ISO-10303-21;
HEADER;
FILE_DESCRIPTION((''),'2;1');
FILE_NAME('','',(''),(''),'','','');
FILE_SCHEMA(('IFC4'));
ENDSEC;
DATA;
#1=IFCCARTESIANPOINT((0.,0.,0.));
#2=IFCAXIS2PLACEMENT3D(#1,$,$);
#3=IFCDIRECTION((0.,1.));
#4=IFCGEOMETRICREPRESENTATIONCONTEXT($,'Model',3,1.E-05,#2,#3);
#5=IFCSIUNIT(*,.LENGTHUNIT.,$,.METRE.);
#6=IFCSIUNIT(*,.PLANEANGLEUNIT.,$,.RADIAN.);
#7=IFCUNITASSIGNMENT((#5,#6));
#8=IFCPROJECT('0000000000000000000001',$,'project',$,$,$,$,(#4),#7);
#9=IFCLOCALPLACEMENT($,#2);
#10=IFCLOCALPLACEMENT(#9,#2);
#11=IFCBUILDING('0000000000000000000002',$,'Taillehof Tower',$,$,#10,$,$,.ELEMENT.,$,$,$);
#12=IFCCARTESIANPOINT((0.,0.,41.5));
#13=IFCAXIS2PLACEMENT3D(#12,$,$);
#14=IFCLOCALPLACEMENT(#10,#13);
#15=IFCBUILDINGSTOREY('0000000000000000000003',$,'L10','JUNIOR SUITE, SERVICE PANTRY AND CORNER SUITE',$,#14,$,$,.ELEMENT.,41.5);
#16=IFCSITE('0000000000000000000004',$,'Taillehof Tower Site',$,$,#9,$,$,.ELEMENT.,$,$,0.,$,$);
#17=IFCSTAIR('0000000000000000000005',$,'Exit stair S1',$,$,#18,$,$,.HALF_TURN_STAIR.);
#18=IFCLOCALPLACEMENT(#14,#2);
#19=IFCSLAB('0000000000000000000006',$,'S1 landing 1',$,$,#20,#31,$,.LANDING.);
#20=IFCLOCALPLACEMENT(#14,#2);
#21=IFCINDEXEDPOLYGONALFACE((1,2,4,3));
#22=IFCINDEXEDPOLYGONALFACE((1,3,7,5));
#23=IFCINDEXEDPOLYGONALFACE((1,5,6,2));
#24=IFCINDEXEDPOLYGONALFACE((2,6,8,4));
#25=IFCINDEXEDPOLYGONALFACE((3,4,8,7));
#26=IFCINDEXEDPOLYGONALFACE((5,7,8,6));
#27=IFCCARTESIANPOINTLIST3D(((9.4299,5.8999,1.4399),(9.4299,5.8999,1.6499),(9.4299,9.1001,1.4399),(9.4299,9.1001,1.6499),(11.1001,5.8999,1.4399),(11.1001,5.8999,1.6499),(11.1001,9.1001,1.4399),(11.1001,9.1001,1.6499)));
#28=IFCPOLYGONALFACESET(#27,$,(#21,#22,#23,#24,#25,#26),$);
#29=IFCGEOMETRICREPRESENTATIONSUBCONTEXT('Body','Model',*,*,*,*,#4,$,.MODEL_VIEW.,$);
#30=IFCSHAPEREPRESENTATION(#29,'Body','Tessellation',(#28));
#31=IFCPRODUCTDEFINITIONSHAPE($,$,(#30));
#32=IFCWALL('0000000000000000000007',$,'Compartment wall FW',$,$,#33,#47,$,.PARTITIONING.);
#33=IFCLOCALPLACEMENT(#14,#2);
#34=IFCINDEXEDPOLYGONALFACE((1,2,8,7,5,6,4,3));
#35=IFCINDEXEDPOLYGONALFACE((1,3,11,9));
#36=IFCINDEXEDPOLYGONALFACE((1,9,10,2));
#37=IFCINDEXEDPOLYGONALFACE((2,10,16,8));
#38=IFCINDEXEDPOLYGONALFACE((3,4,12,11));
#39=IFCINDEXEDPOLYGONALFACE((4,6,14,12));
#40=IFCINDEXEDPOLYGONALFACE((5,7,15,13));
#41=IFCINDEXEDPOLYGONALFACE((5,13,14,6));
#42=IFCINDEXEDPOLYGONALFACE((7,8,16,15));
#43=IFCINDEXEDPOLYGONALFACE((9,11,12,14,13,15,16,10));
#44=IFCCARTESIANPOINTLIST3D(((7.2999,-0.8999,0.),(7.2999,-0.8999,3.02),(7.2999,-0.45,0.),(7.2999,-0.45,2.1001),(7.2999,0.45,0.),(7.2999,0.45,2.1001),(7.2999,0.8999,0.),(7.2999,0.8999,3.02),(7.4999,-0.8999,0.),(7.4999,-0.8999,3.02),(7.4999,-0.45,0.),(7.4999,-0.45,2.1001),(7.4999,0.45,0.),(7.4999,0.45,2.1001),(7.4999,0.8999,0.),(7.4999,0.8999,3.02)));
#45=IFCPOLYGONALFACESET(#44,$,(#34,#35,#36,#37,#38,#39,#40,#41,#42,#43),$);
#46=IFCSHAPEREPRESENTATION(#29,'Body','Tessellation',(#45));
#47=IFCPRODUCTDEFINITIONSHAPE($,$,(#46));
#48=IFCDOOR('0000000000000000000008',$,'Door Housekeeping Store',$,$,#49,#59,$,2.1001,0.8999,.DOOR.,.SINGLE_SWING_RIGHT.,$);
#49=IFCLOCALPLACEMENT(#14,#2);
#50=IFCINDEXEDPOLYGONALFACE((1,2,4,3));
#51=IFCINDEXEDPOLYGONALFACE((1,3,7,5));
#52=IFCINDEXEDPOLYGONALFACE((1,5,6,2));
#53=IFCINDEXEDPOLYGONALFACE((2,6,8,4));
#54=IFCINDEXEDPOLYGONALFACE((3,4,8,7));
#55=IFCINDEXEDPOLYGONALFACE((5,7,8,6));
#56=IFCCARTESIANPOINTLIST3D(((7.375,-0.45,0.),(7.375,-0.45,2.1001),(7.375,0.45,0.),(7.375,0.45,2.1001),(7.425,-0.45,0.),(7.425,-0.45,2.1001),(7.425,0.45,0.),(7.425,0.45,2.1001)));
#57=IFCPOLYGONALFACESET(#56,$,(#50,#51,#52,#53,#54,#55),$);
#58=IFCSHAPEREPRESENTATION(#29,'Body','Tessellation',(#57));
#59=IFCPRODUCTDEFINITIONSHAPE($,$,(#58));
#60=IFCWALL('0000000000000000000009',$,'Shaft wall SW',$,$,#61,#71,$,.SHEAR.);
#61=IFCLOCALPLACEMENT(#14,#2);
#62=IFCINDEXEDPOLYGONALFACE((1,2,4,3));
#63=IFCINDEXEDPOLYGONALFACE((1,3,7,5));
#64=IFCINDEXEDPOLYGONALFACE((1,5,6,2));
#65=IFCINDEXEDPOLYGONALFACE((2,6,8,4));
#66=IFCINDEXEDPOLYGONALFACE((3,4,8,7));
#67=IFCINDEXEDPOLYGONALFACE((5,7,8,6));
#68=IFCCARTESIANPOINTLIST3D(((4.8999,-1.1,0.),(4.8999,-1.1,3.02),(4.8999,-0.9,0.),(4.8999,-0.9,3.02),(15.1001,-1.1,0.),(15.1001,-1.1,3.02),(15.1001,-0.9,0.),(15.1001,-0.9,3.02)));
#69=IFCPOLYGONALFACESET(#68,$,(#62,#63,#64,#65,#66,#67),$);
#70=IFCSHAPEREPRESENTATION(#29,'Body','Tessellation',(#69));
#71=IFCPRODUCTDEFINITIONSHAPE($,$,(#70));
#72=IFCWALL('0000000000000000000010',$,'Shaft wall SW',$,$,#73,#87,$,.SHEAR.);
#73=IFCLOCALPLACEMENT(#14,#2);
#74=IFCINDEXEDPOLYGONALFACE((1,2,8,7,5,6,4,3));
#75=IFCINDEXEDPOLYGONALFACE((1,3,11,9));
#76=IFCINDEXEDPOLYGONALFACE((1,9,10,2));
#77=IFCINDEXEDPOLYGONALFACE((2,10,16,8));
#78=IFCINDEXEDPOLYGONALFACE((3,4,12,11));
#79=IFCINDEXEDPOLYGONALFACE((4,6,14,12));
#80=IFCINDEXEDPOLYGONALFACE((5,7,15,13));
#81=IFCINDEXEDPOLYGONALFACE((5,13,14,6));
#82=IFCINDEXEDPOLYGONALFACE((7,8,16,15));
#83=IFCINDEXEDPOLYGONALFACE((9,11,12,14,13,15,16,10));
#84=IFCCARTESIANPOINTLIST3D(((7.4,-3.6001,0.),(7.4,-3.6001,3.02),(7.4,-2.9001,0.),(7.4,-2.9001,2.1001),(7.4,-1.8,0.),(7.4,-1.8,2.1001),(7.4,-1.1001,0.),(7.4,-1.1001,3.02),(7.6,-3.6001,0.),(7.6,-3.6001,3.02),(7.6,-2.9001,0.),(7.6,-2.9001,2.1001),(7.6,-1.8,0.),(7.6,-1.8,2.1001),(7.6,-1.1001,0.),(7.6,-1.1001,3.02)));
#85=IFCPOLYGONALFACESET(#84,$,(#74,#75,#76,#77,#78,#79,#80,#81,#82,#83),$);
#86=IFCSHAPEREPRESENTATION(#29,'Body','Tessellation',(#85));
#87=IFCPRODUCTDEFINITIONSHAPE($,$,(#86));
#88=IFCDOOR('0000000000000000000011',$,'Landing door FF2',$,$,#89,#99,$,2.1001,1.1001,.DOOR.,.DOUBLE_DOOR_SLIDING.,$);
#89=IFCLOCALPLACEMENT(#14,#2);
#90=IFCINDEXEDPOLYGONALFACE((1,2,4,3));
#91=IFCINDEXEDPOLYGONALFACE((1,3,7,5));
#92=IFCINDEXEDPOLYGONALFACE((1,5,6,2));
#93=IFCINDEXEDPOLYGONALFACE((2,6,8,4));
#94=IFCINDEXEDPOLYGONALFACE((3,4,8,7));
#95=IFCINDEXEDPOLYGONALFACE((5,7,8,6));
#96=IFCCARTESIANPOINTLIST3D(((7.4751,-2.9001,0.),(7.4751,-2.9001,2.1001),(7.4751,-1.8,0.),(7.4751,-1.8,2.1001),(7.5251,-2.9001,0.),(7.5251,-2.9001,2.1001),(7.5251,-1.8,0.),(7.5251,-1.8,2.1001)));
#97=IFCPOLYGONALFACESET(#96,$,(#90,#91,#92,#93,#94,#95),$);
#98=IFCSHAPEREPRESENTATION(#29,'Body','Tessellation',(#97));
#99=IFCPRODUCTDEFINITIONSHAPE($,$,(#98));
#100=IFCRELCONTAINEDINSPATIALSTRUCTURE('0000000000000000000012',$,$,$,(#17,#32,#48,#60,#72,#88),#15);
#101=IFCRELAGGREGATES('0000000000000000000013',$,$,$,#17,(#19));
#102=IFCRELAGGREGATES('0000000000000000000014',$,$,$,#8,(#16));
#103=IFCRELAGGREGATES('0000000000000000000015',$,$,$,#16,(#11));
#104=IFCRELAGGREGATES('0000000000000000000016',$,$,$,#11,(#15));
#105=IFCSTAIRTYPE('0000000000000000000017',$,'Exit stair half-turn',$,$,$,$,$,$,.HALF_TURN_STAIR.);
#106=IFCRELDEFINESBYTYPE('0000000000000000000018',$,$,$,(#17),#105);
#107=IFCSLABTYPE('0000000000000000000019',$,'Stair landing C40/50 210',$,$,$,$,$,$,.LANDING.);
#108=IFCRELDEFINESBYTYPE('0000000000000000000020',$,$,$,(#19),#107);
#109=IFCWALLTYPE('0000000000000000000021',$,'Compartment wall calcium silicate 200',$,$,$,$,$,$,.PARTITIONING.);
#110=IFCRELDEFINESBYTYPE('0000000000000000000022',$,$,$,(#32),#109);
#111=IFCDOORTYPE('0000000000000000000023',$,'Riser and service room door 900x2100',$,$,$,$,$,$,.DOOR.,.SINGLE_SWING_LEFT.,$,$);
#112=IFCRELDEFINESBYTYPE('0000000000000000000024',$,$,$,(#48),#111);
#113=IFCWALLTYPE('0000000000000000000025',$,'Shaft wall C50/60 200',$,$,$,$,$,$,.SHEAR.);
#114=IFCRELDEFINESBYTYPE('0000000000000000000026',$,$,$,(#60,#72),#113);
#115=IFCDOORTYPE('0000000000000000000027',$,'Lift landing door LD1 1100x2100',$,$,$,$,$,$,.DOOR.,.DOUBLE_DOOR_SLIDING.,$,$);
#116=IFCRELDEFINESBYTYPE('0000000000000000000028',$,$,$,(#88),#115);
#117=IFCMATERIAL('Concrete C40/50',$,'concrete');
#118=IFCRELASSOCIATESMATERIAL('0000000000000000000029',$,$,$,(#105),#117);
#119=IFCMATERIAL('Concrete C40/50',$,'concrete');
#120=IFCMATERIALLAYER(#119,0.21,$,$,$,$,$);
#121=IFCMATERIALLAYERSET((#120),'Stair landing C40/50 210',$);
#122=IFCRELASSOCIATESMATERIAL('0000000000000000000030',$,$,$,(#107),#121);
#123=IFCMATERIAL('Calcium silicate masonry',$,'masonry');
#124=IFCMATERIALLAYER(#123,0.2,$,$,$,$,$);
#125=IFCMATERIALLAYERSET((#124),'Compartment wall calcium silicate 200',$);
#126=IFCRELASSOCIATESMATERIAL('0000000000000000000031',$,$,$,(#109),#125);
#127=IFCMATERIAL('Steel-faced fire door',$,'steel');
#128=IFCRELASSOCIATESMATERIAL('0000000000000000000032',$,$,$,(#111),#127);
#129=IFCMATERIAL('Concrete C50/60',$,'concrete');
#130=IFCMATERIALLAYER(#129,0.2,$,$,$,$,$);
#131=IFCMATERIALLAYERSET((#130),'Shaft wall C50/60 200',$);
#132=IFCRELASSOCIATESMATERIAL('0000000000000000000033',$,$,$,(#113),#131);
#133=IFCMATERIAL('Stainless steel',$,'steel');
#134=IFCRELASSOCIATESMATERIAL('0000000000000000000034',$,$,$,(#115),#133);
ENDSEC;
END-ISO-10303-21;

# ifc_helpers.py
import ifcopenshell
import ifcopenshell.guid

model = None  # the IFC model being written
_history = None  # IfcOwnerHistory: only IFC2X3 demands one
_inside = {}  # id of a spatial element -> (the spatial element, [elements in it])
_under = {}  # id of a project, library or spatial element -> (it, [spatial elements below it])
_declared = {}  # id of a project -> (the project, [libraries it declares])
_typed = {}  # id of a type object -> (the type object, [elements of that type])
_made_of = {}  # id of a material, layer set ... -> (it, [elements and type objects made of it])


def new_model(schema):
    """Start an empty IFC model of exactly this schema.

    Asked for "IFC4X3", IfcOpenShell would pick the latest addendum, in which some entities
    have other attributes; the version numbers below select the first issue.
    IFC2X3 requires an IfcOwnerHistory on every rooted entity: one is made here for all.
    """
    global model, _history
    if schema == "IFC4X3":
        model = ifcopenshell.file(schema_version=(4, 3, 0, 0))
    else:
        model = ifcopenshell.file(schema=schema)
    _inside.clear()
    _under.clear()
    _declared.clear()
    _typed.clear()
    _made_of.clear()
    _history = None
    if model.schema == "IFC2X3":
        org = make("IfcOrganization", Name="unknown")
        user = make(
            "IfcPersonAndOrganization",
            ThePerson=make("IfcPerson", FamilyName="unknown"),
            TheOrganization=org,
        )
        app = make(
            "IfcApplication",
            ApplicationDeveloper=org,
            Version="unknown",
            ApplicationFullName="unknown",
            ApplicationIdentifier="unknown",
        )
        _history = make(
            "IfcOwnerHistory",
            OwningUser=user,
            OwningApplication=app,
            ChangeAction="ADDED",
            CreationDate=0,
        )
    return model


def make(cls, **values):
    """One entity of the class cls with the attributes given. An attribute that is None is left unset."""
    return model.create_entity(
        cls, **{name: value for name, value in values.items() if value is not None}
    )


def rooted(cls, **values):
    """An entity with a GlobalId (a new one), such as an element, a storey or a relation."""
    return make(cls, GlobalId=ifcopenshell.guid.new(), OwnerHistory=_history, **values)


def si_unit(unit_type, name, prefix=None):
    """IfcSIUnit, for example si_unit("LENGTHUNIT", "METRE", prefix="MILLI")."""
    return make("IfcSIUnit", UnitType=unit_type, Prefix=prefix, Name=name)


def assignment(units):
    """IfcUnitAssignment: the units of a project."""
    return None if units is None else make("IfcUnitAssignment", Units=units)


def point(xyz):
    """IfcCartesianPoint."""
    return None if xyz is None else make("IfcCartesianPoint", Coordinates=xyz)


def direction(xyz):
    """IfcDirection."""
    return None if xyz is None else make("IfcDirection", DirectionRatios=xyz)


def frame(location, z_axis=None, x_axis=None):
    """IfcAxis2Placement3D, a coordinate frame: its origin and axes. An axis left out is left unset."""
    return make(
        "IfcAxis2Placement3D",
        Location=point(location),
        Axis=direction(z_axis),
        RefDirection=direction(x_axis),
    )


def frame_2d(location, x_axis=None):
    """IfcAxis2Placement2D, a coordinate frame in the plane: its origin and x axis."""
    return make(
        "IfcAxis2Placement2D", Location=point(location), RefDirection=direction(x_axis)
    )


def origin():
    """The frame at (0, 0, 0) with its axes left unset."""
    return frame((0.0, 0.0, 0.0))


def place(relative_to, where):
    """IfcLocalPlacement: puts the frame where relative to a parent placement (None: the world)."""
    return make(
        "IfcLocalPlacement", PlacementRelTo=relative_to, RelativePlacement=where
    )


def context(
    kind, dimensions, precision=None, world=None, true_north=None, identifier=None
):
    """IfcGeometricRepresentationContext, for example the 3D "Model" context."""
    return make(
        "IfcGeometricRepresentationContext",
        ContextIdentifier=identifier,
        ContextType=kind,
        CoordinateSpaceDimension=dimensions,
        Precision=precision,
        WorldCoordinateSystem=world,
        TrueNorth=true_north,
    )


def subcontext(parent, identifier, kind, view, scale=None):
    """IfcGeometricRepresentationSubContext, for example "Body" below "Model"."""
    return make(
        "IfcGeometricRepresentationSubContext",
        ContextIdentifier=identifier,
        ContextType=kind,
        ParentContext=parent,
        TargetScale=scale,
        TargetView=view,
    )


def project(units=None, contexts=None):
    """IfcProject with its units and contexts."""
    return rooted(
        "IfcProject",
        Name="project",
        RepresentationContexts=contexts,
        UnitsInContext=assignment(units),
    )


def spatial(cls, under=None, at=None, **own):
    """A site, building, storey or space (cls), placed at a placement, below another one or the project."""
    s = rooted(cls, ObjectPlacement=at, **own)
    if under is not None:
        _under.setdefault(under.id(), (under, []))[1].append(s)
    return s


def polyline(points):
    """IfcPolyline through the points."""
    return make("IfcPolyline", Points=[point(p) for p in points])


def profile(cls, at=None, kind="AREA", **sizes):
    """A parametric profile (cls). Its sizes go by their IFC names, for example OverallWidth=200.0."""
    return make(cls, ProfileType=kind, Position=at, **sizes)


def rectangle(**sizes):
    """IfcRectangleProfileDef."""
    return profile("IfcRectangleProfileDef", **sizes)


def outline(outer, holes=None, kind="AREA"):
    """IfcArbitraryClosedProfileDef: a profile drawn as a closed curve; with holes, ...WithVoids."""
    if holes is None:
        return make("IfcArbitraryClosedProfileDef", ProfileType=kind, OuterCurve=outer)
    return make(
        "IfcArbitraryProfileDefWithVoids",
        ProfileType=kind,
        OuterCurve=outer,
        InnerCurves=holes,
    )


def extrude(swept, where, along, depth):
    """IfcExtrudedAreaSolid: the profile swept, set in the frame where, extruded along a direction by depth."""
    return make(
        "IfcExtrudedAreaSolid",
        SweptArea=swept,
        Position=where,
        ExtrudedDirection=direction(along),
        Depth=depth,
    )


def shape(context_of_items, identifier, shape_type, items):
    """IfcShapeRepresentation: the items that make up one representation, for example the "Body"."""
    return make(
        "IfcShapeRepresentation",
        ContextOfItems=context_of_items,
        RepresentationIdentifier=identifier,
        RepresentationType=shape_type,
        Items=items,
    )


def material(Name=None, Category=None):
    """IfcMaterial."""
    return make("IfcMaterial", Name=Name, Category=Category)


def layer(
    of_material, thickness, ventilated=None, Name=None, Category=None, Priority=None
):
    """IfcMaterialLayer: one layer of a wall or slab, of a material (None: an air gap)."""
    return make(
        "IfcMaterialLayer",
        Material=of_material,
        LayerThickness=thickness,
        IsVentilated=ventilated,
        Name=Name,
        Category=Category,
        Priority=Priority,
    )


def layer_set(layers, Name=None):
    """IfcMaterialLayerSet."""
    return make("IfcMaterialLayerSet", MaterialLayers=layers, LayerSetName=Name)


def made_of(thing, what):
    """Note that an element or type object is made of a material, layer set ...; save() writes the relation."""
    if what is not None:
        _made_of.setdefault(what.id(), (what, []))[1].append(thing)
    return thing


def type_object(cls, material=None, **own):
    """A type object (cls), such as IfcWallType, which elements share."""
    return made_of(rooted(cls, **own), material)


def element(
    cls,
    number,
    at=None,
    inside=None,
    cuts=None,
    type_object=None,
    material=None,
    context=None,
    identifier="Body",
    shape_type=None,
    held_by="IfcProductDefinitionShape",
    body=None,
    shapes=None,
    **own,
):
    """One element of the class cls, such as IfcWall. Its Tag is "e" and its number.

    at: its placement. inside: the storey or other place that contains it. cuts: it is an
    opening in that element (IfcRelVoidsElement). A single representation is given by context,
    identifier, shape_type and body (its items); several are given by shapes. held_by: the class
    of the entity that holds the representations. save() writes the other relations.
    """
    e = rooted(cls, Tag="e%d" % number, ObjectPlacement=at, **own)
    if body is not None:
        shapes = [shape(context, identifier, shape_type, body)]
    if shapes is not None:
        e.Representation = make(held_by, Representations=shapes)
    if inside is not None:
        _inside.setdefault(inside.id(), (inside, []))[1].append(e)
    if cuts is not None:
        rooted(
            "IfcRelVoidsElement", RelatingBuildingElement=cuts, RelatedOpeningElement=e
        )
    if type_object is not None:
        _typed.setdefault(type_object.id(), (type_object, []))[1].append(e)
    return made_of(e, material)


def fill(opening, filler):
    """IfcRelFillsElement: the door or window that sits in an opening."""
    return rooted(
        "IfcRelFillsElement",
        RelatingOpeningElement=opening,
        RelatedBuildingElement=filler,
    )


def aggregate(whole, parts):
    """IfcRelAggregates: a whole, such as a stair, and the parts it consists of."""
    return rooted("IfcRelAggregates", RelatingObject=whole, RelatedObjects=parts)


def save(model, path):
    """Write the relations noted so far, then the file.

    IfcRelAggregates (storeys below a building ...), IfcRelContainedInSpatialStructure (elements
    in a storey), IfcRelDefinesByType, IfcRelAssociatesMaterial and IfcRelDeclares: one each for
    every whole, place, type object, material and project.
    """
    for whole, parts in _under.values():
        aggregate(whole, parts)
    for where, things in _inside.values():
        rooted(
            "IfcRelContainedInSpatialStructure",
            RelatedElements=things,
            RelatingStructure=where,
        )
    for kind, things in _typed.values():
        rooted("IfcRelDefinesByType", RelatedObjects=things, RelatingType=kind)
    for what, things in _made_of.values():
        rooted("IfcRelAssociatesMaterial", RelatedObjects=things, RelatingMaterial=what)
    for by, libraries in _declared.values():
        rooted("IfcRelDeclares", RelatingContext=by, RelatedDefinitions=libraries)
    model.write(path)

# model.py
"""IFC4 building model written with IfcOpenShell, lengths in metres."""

from ifc_helpers import new_model, si_unit, direction, frame, frame_2d, origin, place, context, subcontext, project, spatial, polyline, rectangle, outline, extrude, material, layer, layer_set, type_object, element, fill, aggregate, save


model = new_model("IFC4")

# Units and contexts
model_context = context("Model", 3, precision=1e-05, world=origin(), true_north=direction((0.0, 1.0)))
body_context = subcontext(model_context, "Body", "Model", "MODEL_VIEW")
ifc_project = project(units=[si_unit("LENGTHUNIT", "METRE"), si_unit("PLANEANGLEUNIT", "RADIAN")], contexts=[model_context])

# Site, building, storey
site_placement = place(None, origin())
site = spatial("IfcSite", under=ifc_project, at=site_placement, Name="Taillehof Tower Site", CompositionType="ELEMENT", RefElevation=0.0)
building_placement = place(site_placement, origin())
building = spatial("IfcBuilding", under=site, at=building_placement, Name="Taillehof Tower", CompositionType="ELEMENT")
storey_placement = place(building_placement, frame((0.0, 0.0, 41.5)))
storey = spatial("IfcBuildingStorey", under=building, at=storey_placement, Name="L10", Description="JUNIOR SUITE, SERVICE PANTRY AND CORNER SUITE", CompositionType="ELEMENT", Elevation=41.5)

# Stair, slab
ifc_material_1 = material(Name="Concrete C40/50", Category="concrete")
stair_type = type_object("IfcStairType", Name="Exit stair half-turn", PredefinedType="HALF_TURN_STAIR", material=ifc_material_1)
stair_placement = place(storey_placement, origin())
stair = element("IfcStair", 1, at=stair_placement, inside=storey, type_object=stair_type, Name="Exit stair S1", PredefinedType="HALF_TURN_STAIR")
ifc_material_2 = material(Name="Concrete C40/50", Category="concrete")
ifc_layer_1 = layer(ifc_material_2, 0.21)
ifc_layer_set_1 = layer_set([ifc_layer_1], Name="Stair landing C40/50 210")
slab_type_1 = type_object("IfcSlabType", Name="Stair landing C40/50 210", PredefinedType="LANDING", material=ifc_layer_set_1)
slab_1_placement = place(storey_placement, frame((0.0, 0.0, 1.4399)))
slab_1 = element("IfcSlab", 2, at=slab_1_placement, type_object=slab_type_1, Name="S1 landing 1", PredefinedType="LANDING", context=body_context, shape_type="SweptSolid", body=[
    extrude(outline(polyline([(9.4299, 5.8999), (11.1001, 5.8999), (11.1001, 9.1001), (9.4299, 9.1001), (9.4299, 5.8999)])), origin(), (0.0, 0.0, 1.0), 0.21),
])
aggregate(stair, [slab_1])

# Wall, opening, door
ifc_material_3 = material(Name="Calcium silicate masonry", Category="masonry")
ifc_layer_2 = layer(ifc_material_3, 0.2)
ifc_layer_set_2 = layer_set([ifc_layer_2], Name="Compartment wall calcium silicate 200")
wall_type_1 = type_object("IfcWallType", Name="Compartment wall calcium silicate 200", PredefinedType="PARTITIONING", material=ifc_layer_set_2)
wall_1_placement = place(storey_placement, frame((7.3999, -0.8999, 0.0), z_axis=(0.0, 0.0, 1.0), x_axis=(0.0, 1.0, 0.0)))
wall_1 = element("IfcWall", 3, at=wall_1_placement, inside=storey, type_object=wall_type_1, Name="Compartment wall FW", PredefinedType="PARTITIONING", context=body_context, shape_type="SweptSolid", body=[
    extrude(rectangle(XDim=1.7998, YDim=0.2, at=frame_2d((0.8999, 0.0))), origin(), (0.0, 0.0, 1.0), 3.02),
])
opening_1_placement = place(wall_1_placement, frame((0.45, 0.0, 0.0)))
opening_1 = element("IfcOpeningElement", 4, at=opening_1_placement, cuts=wall_1, PredefinedType="OPENING", context=body_context, shape_type="SweptSolid", body=[
    extrude(rectangle(XDim=0.8999, YDim=2.1001, at=frame_2d((0.45, 1.05))), frame((0.0, 0.1099, 0.0), z_axis=(0.0, -1.0, 0.0), x_axis=(1.0, 0.0, 0.0)), (0.0, 0.0, 1.0), 0.22),
])
ifc_material_4 = material(Name="Steel-faced fire door", Category="steel")
door_type_1 = type_object("IfcDoorType", Name="Riser and service room door 900x2100", OperationType="SINGLE_SWING_LEFT", PredefinedType="DOOR", material=ifc_material_4)
door_1_placement = place(opening_1_placement, origin())
door_1 = element("IfcDoor", 5, at=door_1_placement, inside=storey, type_object=door_type_1, Name="Door Housekeeping Store", OperationType="SINGLE_SWING_RIGHT", OverallHeight=2.1001, OverallWidth=0.8999, PredefinedType="DOOR", context=body_context, shape_type="SweptSolid", body=[
    extrude(rectangle(XDim=0.8999, YDim=2.1001, at=frame_2d((0.45, 1.05))), frame((0.0, 0.0249, 0.0), z_axis=(0.0, -1.0, 0.0), x_axis=(1.0, 0.0, 0.0)), (0.0, 0.0, 1.0), 0.05),
])
fill(opening_1, door_1)

# Wall
ifc_material_5 = material(Name="Concrete C50/60", Category="concrete")
ifc_layer_3 = layer(ifc_material_5, 0.2)
ifc_layer_set_3 = layer_set([ifc_layer_3], Name="Shaft wall C50/60 200")
wall_type_2 = type_object("IfcWallType", Name="Shaft wall C50/60 200", PredefinedType="SHEAR", material=ifc_layer_set_3)
wall_2_placement = place(storey_placement, frame((4.8999, -1.0, 0.0), z_axis=(0.0, 0.0, 1.0), x_axis=(1.0, 0.0, 0.0)))
element("IfcWall", 6, at=wall_2_placement, inside=storey, type_object=wall_type_2, Name="Shaft wall SW", PredefinedType="SHEAR", context=body_context, shape_type="SweptSolid", body=[
    extrude(rectangle(XDim=10.2002, YDim=0.2, at=frame_2d((5.1001, 0.0))), origin(), (0.0, 0.0, 1.0), 3.02),
])

# Wall, opening, door
wall_3_placement = place(storey_placement, frame((7.5, -3.6001, 0.0), z_axis=(0.0, 0.0, 1.0), x_axis=(0.0, 1.0, 0.0)))
wall_3 = element("IfcWall", 7, at=wall_3_placement, inside=storey, type_object=wall_type_2, Name="Shaft wall SW", PredefinedType="SHEAR", context=body_context, shape_type="SweptSolid", body=[
    extrude(rectangle(XDim=2.5, YDim=0.2, at=frame_2d((1.25, 0.0))), origin(), (0.0, 0.0, 1.0), 3.02),
])
opening_2_placement = place(wall_3_placement, frame((0.7, 0.0, 0.0)))
opening_2 = element("IfcOpeningElement", 8, at=opening_2_placement, cuts=wall_3, PredefinedType="OPENING", context=body_context, shape_type="SweptSolid", body=[
    extrude(rectangle(XDim=1.1001, YDim=2.1001, at=frame_2d((0.55, 1.05))), frame((0.0, 0.1099, 0.0), z_axis=(0.0, -1.0, 0.0), x_axis=(1.0, 0.0, 0.0)), (0.0, 0.0, 1.0), 0.22),
])
ifc_material_6 = material(Name="Stainless steel", Category="steel")
door_type_2 = type_object("IfcDoorType", Name="Lift landing door LD1 1100x2100", OperationType="DOUBLE_DOOR_SLIDING", PredefinedType="DOOR", material=ifc_material_6)
door_2_placement = place(opening_2_placement, origin())
door_2 = element("IfcDoor", 9, at=door_2_placement, inside=storey, type_object=door_type_2, Name="Landing door FF2", OperationType="DOUBLE_DOOR_SLIDING", OverallHeight=2.1001, OverallWidth=1.1001, PredefinedType="DOOR", context=body_context, shape_type="SweptSolid", body=[
    extrude(rectangle(XDim=1.1001, YDim=2.1001, at=frame_2d((0.55, 1.05))), frame((0.0, 0.0249, 0.0), z_axis=(0.0, -1.0, 0.0), x_axis=(1.0, 0.0, 0.0)), (0.0, 0.0, 1.0), 0.05),
])
fill(opening_2, door_2)

save(model, "model.ifc")
